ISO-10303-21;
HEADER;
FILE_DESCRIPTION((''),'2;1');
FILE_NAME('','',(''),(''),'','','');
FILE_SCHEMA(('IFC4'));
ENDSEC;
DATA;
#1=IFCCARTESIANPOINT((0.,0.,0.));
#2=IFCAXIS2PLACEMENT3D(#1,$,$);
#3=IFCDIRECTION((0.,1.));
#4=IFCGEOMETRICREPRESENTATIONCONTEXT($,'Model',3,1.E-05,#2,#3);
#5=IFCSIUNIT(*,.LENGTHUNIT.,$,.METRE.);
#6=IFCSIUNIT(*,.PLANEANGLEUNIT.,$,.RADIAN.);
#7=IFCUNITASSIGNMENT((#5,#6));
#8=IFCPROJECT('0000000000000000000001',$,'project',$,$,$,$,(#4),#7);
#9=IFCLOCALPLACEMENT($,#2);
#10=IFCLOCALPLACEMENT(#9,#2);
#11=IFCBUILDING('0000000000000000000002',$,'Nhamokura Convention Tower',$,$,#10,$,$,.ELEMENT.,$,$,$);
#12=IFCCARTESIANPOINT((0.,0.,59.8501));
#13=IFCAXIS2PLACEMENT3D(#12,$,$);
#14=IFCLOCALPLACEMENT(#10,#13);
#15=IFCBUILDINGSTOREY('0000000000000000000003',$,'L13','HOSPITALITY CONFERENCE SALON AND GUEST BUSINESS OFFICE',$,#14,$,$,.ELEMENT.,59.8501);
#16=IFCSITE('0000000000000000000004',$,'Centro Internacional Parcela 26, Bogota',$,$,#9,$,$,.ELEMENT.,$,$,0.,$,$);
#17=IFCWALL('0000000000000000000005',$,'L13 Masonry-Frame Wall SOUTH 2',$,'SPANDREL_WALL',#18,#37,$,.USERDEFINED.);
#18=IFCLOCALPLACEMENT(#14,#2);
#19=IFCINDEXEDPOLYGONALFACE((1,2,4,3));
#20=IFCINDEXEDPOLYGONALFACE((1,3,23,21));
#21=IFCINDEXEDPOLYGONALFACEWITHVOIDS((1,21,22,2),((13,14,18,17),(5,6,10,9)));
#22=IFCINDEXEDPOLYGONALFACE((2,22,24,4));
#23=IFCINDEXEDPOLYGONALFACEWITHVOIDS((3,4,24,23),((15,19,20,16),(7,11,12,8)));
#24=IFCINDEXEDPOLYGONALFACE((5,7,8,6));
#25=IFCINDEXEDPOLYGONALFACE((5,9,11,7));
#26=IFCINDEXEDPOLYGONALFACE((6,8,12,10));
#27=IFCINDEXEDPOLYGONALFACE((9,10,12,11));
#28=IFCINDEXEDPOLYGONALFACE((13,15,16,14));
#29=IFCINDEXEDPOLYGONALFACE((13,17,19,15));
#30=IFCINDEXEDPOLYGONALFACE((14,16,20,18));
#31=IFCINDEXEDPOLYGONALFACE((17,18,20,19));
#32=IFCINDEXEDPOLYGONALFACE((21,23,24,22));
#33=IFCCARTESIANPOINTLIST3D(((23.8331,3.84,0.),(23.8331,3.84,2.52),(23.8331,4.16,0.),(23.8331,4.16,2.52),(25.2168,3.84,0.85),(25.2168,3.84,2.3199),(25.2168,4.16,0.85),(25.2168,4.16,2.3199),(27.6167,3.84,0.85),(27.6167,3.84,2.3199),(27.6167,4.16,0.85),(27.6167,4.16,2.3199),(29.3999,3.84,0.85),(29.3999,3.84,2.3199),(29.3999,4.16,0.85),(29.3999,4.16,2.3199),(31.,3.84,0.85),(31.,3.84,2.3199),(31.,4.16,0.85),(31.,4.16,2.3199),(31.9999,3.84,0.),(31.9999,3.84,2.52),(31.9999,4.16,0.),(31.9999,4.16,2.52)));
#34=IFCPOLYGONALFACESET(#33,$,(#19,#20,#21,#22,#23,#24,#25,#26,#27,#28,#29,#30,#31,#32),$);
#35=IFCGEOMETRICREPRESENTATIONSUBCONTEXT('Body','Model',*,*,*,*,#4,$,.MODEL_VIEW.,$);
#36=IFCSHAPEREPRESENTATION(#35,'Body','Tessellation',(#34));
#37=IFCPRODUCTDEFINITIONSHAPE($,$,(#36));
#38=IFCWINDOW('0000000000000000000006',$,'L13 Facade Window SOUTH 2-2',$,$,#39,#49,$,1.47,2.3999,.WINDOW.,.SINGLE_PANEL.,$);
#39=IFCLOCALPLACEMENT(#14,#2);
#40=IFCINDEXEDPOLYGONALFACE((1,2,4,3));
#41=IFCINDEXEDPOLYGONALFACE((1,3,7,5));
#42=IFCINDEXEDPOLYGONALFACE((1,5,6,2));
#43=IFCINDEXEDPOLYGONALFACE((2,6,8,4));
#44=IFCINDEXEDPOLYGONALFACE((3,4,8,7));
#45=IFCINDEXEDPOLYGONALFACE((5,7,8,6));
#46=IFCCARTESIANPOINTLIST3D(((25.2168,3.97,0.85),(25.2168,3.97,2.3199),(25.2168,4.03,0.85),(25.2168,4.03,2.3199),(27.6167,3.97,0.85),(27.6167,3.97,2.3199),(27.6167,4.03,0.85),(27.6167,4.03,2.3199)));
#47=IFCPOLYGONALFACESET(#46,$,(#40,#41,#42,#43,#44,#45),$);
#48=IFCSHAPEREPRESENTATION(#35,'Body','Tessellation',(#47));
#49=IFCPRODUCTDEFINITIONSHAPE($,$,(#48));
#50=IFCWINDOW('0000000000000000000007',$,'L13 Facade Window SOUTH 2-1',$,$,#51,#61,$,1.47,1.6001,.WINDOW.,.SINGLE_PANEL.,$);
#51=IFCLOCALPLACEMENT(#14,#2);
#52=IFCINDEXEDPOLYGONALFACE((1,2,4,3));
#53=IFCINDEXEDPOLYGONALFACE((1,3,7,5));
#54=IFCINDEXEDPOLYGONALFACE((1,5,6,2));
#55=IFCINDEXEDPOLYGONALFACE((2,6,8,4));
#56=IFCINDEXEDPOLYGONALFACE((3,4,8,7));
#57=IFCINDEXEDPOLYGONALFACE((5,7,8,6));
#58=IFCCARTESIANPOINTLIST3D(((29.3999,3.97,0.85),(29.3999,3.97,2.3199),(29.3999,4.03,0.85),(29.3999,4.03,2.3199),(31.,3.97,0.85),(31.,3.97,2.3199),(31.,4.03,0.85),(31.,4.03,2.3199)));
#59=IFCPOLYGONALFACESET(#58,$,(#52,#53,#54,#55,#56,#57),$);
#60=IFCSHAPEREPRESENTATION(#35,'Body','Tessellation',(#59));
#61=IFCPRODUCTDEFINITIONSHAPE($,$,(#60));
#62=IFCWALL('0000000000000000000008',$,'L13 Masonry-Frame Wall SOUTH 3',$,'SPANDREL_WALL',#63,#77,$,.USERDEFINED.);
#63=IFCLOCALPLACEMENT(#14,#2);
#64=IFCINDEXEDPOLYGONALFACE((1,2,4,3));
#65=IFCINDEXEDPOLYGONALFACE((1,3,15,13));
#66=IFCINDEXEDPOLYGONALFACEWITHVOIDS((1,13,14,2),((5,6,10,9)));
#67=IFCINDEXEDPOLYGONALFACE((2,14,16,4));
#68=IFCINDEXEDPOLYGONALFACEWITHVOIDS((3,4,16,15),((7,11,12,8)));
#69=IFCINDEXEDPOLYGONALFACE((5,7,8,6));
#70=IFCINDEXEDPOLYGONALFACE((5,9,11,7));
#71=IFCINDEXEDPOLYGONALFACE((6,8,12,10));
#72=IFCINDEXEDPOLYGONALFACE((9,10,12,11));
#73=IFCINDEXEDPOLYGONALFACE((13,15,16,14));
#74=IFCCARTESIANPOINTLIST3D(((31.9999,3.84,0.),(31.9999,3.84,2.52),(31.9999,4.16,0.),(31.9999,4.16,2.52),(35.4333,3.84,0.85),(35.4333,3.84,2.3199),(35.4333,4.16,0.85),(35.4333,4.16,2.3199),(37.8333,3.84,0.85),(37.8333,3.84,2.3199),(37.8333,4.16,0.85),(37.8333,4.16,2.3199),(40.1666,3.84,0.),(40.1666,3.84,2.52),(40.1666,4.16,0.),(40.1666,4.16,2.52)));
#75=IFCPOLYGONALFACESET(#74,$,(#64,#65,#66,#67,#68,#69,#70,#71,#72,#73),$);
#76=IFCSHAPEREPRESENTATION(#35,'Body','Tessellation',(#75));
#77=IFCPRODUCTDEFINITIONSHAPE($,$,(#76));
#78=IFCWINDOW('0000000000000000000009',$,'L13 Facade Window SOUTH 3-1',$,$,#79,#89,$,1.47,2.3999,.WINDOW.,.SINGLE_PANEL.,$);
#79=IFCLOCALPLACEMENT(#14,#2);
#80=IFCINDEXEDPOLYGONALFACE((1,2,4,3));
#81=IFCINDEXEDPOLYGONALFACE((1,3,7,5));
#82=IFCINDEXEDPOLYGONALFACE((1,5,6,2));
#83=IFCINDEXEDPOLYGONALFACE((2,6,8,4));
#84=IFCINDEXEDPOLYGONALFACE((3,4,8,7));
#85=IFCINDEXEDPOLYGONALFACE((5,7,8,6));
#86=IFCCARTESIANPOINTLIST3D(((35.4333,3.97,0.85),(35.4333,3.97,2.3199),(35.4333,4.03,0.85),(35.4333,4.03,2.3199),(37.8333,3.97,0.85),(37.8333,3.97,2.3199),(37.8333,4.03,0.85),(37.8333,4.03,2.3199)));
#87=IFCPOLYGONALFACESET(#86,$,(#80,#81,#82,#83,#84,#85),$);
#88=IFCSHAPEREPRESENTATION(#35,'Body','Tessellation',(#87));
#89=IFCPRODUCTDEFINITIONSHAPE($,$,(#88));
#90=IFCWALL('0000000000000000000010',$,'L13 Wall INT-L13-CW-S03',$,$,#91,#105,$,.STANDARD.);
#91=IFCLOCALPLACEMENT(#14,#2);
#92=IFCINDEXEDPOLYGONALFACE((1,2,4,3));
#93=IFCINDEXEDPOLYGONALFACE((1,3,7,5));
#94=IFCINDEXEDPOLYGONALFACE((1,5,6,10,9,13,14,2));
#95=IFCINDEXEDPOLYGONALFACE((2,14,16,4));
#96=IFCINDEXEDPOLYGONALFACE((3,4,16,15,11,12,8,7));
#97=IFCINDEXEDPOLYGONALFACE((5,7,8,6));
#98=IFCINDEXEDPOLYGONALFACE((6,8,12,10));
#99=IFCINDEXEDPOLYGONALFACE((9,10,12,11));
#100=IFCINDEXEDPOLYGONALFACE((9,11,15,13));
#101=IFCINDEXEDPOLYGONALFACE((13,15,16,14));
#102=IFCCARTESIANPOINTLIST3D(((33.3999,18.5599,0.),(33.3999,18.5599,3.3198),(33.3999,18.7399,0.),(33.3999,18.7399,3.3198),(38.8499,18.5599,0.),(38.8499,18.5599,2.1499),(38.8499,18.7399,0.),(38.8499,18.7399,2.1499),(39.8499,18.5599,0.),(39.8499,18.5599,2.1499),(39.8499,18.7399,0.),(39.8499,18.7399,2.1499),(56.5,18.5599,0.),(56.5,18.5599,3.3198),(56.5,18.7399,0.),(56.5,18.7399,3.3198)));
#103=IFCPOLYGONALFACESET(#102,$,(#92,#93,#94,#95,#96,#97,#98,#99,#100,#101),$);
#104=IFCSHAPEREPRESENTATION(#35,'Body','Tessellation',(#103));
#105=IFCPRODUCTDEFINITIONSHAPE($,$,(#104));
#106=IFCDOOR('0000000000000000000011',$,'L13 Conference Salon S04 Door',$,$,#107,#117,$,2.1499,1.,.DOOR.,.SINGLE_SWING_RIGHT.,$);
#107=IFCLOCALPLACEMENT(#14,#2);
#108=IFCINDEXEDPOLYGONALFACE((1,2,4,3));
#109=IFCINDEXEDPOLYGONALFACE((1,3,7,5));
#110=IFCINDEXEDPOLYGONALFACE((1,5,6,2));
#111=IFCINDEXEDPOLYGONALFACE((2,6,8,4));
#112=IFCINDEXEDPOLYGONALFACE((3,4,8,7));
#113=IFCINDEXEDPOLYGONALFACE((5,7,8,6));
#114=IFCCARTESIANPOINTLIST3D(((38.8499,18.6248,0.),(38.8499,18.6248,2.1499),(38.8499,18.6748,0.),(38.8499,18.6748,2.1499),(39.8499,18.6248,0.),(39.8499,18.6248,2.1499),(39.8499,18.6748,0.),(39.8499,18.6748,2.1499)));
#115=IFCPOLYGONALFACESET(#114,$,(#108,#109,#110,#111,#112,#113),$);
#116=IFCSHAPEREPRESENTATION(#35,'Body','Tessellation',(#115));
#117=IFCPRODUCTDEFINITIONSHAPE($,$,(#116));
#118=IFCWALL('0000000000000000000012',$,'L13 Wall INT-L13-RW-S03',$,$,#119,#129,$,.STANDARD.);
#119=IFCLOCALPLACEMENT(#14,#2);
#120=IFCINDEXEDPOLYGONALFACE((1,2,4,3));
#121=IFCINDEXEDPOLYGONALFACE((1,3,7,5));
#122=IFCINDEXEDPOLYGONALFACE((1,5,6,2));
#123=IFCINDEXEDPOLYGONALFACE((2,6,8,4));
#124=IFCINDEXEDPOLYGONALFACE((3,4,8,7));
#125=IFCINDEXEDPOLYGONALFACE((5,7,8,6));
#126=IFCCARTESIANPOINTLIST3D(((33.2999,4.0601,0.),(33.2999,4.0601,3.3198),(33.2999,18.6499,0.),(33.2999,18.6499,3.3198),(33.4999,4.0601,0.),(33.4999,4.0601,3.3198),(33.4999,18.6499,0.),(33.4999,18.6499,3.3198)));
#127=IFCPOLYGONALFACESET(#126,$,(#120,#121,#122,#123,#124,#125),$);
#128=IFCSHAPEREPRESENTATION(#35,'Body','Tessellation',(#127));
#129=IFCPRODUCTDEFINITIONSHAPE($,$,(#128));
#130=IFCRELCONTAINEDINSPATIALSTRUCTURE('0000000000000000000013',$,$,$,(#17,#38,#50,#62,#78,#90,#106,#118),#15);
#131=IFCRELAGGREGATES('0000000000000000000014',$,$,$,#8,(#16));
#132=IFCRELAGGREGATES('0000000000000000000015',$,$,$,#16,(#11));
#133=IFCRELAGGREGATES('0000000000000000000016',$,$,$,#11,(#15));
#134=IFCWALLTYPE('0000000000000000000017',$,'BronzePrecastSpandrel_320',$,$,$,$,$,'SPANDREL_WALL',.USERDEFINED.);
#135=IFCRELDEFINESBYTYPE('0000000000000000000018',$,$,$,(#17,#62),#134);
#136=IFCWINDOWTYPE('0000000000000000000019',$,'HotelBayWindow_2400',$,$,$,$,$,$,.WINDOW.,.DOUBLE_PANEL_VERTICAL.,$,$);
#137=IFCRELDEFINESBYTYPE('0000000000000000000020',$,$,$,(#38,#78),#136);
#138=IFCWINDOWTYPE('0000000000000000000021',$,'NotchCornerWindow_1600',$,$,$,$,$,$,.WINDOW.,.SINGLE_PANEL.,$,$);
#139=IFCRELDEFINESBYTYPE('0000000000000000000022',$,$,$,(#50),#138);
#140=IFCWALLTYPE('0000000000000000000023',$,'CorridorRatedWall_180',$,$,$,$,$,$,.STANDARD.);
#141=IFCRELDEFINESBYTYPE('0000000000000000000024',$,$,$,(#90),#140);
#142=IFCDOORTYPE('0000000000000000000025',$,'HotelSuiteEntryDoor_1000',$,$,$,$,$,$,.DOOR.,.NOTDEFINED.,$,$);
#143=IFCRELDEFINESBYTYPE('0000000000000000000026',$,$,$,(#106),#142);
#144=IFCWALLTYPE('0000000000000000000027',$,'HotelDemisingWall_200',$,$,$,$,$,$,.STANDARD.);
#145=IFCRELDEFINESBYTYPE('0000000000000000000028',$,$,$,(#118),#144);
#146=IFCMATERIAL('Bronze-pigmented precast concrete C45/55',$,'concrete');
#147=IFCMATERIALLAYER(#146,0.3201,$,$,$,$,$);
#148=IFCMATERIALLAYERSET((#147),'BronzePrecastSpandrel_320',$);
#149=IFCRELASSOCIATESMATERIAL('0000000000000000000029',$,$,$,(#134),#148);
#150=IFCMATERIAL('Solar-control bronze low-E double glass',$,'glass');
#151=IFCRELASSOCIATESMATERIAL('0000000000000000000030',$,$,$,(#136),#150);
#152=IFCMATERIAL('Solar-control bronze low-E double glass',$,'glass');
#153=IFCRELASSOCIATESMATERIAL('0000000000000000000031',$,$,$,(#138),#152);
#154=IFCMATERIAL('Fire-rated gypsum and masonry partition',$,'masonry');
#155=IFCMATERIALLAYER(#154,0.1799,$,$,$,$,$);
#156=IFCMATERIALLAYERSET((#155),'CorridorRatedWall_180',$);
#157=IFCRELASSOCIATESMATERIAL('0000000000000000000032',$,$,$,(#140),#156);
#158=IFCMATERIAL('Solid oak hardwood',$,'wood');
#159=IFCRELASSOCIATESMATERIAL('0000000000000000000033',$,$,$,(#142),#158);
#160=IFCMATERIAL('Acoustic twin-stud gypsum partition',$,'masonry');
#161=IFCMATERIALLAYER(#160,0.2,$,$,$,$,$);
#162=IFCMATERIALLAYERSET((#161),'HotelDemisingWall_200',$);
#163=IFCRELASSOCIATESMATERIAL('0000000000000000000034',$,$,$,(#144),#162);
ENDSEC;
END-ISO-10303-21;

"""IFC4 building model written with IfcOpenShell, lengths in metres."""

from ifc_helpers import new_model, si_unit, direction, frame, frame_2d, origin, place, context, subcontext, project, spatial, rectangle, extrude, material, layer, layer_set, type_object, element, fill, save


model = new_model("IFC4")

# Units and contexts
model_context = context("Model", 3, precision=1e-05, world=origin(), true_north=direction((0.0, 1.0)))
body_context = subcontext(model_context, "Body", "Model", "MODEL_VIEW")
ifc_project = project(units=[si_unit("LENGTHUNIT", "METRE"), si_unit("PLANEANGLEUNIT", "RADIAN")], contexts=[model_context])

# Site, building, storey
site_placement = place(None, origin())
site = spatial("IfcSite", under=ifc_project, at=site_placement, Name="Centro Internacional Parcela 26, Bogota", CompositionType="ELEMENT", RefElevation=0.0)
building_placement = place(site_placement, origin())
building = spatial("IfcBuilding", under=site, at=building_placement, Name="Nhamokura Convention Tower", CompositionType="ELEMENT")
storey_placement = place(building_placement, frame((0.0, 0.0, 59.8501)))
storey = spatial("IfcBuildingStorey", under=building, at=storey_placement, Name="L13", Description="HOSPITALITY CONFERENCE SALON AND GUEST BUSINESS OFFICE", CompositionType="ELEMENT", Elevation=59.8501)

# Wall, openings, windows
ifc_material_1 = material(Name="Bronze-pigmented precast concrete C45/55", Category="concrete")
ifc_layer_1 = layer(ifc_material_1, 0.3201)
ifc_layer_set_1 = layer_set([ifc_layer_1], Name="BronzePrecastSpandrel_320")
wall_type_1 = type_object("IfcWallType", Name="BronzePrecastSpandrel_320", ElementType="SPANDREL_WALL", PredefinedType="USERDEFINED", material=ifc_layer_set_1)
wall_1_placement = place(storey_placement, frame((32.0, 4.0, 0.0), z_axis=(0.0, 0.0, 1.0), x_axis=(-1.0, 0.0, 0.0)))
wall_1 = element("IfcWall", 1, at=wall_1_placement, inside=storey, type_object=wall_type_1, Name="L13 Masonry-Frame Wall SOUTH 2", ObjectType="SPANDREL_WALL", PredefinedType="USERDEFINED", context=body_context, shape_type="SweptSolid", body=[
    extrude(rectangle(XDim=8.1667, YDim=0.3201, at=frame_2d((4.0835, 0.0))), origin(), (0.0, 0.0, 1.0), 2.52),
])
opening_1_placement = place(wall_1_placement, frame((1.0, 0.0, 0.8501)))
opening_1 = element("IfcOpeningElement", 2, at=opening_1_placement, cuts=wall_1, PredefinedType="OPENING", context=body_context, shape_type="SweptSolid", body=[
    extrude(rectangle(XDim=1.6001, YDim=1.47, at=frame_2d((0.8, 0.7349))), frame((0.0, 0.1699, 0.0), z_axis=(0.0, -1.0, 0.0), x_axis=(1.0, 0.0, 0.0)), (0.0, 0.0, 1.0), 0.3401),
])
opening_2_placement = place(wall_1_placement, frame((4.3833, 0.0, 0.8501)))
opening_2 = element("IfcOpeningElement", 3, at=opening_2_placement, cuts=wall_1, PredefinedType="OPENING", context=body_context, shape_type="SweptSolid", body=[
    extrude(rectangle(XDim=2.3999, YDim=1.47, at=frame_2d((1.2, 0.7349))), frame((0.0, 0.1699, 0.0), z_axis=(0.0, -1.0, 0.0), x_axis=(1.0, 0.0, 0.0)), (0.0, 0.0, 1.0), 0.3401),
])
ifc_material_2 = material(Name="Solar-control bronze low-E double glass", Category="glass")
window_type_1 = type_object("IfcWindowType", Name="HotelBayWindow_2400", PartitioningType="DOUBLE_PANEL_VERTICAL", PredefinedType="WINDOW", material=ifc_material_2)
window_1_placement = place(opening_2_placement, origin())
window_1 = element("IfcWindow", 4, at=window_1_placement, inside=storey, type_object=window_type_1, Name="L13 Facade Window SOUTH 2-2", OverallHeight=1.47, OverallWidth=2.3999, PartitioningType="SINGLE_PANEL", PredefinedType="WINDOW", context=body_context, shape_type="SweptSolid", body=[
    extrude(rectangle(XDim=2.3999, YDim=1.47, at=frame_2d((1.2, 0.7349))), frame((0.0, 0.03, 0.0), z_axis=(0.0, -1.0, 0.0), x_axis=(1.0, 0.0, 0.0)), (0.0, 0.0, 1.0), 0.0601),
])
fill(opening_2, window_1)
ifc_material_3 = material(Name="Solar-control bronze low-E double glass", Category="glass")
window_type_2 = type_object("IfcWindowType", Name="NotchCornerWindow_1600", PartitioningType="SINGLE_PANEL", PredefinedType="WINDOW", material=ifc_material_3)
window_2_placement = place(opening_1_placement, origin())
window_2 = element("IfcWindow", 5, at=window_2_placement, inside=storey, type_object=window_type_2, Name="L13 Facade Window SOUTH 2-1", OverallHeight=1.47, OverallWidth=1.6001, PartitioningType="SINGLE_PANEL", PredefinedType="WINDOW", context=body_context, shape_type="SweptSolid", body=[
    extrude(rectangle(XDim=1.6001, YDim=1.47, at=frame_2d((0.8, 0.7349))), frame((0.0, 0.03, 0.0), z_axis=(0.0, -1.0, 0.0), x_axis=(1.0, 0.0, 0.0)), (0.0, 0.0, 1.0), 0.0601),
])
fill(opening_1, window_2)

# Wall, opening, window
wall_2_placement = place(storey_placement, frame((40.1667, 4.0, 0.0), z_axis=(0.0, 0.0, 1.0), x_axis=(-1.0, 0.0, 0.0)))
wall_2 = element("IfcWall", 6, at=wall_2_placement, inside=storey, type_object=wall_type_1, Name="L13 Masonry-Frame Wall SOUTH 3", ObjectType="SPANDREL_WALL", PredefinedType="USERDEFINED", context=body_context, shape_type="SweptSolid", body=[
    extrude(rectangle(XDim=8.1667, YDim=0.3201, at=frame_2d((4.0835, 0.0))), origin(), (0.0, 0.0, 1.0), 2.52),
])
opening_3_placement = place(wall_2_placement, frame((2.3335, 0.0, 0.8501)))
opening_3 = element("IfcOpeningElement", 7, at=opening_3_placement, cuts=wall_2, PredefinedType="OPENING", context=body_context, shape_type="SweptSolid", body=[
    extrude(rectangle(XDim=2.3999, YDim=1.47, at=frame_2d((1.2, 0.7349))), frame((0.0, 0.1699, 0.0), z_axis=(0.0, -1.0, 0.0), x_axis=(1.0, 0.0, 0.0)), (0.0, 0.0, 1.0), 0.3401),
])
window_3_placement = place(opening_3_placement, origin())
window_3 = element("IfcWindow", 8, at=window_3_placement, inside=storey, type_object=window_type_1, Name="L13 Facade Window SOUTH 3-1", OverallHeight=1.47, OverallWidth=2.3999, PartitioningType="SINGLE_PANEL", PredefinedType="WINDOW", context=body_context, shape_type="SweptSolid", body=[
    extrude(rectangle(XDim=2.3999, YDim=1.47, at=frame_2d((1.2, 0.7349))), frame((0.0, 0.03, 0.0), z_axis=(0.0, -1.0, 0.0), x_axis=(1.0, 0.0, 0.0)), (0.0, 0.0, 1.0), 0.0601),
])
fill(opening_3, window_3)

# Wall, opening, door
ifc_material_4 = material(Name="Fire-rated gypsum and masonry partition", Category="masonry")
ifc_layer_2 = layer(ifc_material_4, 0.1799)
ifc_layer_set_2 = layer_set([ifc_layer_2], Name="CorridorRatedWall_180")
wall_type_2 = type_object("IfcWallType", Name="CorridorRatedWall_180", PredefinedType="STANDARD", material=ifc_layer_set_2)
wall_3_placement = place(storey_placement, frame((33.3999, 18.6499, 0.0), z_axis=(0.0, 0.0, 1.0), x_axis=(1.0, 0.0, 0.0)))
wall_3 = element("IfcWall", 9, at=wall_3_placement, inside=storey, type_object=wall_type_2, Name="L13 Wall INT-L13-CW-S03", PredefinedType="STANDARD", context=body_context, shape_type="SweptSolid", body=[
    extrude(rectangle(XDim=23.1001, YDim=0.1799, at=frame_2d((11.55, 0.0))), origin(), (0.0, 0.0, 1.0), 3.3198),
])
opening_4_placement = place(wall_3_placement, frame((5.45, 0.0, 0.0)))
opening_4 = element("IfcOpeningElement", 10, at=opening_4_placement, cuts=wall_3, PredefinedType="OPENING", context=body_context, shape_type="SweptSolid", body=[
    extrude(rectangle(XDim=1.0, YDim=2.1499, at=frame_2d((0.5, 1.075))), frame((0.0, 0.0999, 0.0), z_axis=(0.0, -1.0, 0.0), x_axis=(1.0, 0.0, 0.0)), (0.0, 0.0, 1.0), 0.2),
])
ifc_material_5 = material(Name="Solid oak hardwood", Category="wood")
door_type_1 = type_object("IfcDoorType", Name="HotelSuiteEntryDoor_1000", OperationType="NOTDEFINED", PredefinedType="DOOR", material=ifc_material_5)
door_1_placement = place(opening_4_placement, origin())
door_1 = element("IfcDoor", 11, at=door_1_placement, inside=storey, type_object=door_type_1, Name="L13 Conference Salon S04 Door", OperationType="SINGLE_SWING_RIGHT", OverallHeight=2.1499, OverallWidth=1.0, PredefinedType="DOOR", context=body_context, shape_type="SweptSolid", body=[
    extrude(rectangle(XDim=1.0, YDim=2.1499, at=frame_2d((0.5, 1.075))), frame((0.0, 0.0249, 0.0), z_axis=(0.0, -1.0, 0.0), x_axis=(1.0, 0.0, 0.0)), (0.0, 0.0, 1.0), 0.05),
])
fill(opening_4, door_1)

# Wall
ifc_material_6 = material(Name="Acoustic twin-stud gypsum partition", Category="masonry")
ifc_layer_3 = layer(ifc_material_6, 0.2)
ifc_layer_set_3 = layer_set([ifc_layer_3], Name="HotelDemisingWall_200")
wall_type_3 = type_object("IfcWallType", Name="HotelDemisingWall_200", PredefinedType="STANDARD", material=ifc_layer_set_3)
wall_4_placement = place(storey_placement, frame((33.3999, 4.0601, 0.0), z_axis=(0.0, 0.0, 1.0), x_axis=(0.0, 1.0, 0.0)))
element("IfcWall", 12, at=wall_4_placement, inside=storey, type_object=wall_type_3, Name="L13 Wall INT-L13-RW-S03", PredefinedType="STANDARD", context=body_context, shape_type="SweptSolid", body=[
    extrude(rectangle(XDim=14.5898, YDim=0.2, at=frame_2d((7.2949, 0.0))), origin(), (0.0, 0.0, 1.0), 3.3198),
])

save(model, "model.ifc")
